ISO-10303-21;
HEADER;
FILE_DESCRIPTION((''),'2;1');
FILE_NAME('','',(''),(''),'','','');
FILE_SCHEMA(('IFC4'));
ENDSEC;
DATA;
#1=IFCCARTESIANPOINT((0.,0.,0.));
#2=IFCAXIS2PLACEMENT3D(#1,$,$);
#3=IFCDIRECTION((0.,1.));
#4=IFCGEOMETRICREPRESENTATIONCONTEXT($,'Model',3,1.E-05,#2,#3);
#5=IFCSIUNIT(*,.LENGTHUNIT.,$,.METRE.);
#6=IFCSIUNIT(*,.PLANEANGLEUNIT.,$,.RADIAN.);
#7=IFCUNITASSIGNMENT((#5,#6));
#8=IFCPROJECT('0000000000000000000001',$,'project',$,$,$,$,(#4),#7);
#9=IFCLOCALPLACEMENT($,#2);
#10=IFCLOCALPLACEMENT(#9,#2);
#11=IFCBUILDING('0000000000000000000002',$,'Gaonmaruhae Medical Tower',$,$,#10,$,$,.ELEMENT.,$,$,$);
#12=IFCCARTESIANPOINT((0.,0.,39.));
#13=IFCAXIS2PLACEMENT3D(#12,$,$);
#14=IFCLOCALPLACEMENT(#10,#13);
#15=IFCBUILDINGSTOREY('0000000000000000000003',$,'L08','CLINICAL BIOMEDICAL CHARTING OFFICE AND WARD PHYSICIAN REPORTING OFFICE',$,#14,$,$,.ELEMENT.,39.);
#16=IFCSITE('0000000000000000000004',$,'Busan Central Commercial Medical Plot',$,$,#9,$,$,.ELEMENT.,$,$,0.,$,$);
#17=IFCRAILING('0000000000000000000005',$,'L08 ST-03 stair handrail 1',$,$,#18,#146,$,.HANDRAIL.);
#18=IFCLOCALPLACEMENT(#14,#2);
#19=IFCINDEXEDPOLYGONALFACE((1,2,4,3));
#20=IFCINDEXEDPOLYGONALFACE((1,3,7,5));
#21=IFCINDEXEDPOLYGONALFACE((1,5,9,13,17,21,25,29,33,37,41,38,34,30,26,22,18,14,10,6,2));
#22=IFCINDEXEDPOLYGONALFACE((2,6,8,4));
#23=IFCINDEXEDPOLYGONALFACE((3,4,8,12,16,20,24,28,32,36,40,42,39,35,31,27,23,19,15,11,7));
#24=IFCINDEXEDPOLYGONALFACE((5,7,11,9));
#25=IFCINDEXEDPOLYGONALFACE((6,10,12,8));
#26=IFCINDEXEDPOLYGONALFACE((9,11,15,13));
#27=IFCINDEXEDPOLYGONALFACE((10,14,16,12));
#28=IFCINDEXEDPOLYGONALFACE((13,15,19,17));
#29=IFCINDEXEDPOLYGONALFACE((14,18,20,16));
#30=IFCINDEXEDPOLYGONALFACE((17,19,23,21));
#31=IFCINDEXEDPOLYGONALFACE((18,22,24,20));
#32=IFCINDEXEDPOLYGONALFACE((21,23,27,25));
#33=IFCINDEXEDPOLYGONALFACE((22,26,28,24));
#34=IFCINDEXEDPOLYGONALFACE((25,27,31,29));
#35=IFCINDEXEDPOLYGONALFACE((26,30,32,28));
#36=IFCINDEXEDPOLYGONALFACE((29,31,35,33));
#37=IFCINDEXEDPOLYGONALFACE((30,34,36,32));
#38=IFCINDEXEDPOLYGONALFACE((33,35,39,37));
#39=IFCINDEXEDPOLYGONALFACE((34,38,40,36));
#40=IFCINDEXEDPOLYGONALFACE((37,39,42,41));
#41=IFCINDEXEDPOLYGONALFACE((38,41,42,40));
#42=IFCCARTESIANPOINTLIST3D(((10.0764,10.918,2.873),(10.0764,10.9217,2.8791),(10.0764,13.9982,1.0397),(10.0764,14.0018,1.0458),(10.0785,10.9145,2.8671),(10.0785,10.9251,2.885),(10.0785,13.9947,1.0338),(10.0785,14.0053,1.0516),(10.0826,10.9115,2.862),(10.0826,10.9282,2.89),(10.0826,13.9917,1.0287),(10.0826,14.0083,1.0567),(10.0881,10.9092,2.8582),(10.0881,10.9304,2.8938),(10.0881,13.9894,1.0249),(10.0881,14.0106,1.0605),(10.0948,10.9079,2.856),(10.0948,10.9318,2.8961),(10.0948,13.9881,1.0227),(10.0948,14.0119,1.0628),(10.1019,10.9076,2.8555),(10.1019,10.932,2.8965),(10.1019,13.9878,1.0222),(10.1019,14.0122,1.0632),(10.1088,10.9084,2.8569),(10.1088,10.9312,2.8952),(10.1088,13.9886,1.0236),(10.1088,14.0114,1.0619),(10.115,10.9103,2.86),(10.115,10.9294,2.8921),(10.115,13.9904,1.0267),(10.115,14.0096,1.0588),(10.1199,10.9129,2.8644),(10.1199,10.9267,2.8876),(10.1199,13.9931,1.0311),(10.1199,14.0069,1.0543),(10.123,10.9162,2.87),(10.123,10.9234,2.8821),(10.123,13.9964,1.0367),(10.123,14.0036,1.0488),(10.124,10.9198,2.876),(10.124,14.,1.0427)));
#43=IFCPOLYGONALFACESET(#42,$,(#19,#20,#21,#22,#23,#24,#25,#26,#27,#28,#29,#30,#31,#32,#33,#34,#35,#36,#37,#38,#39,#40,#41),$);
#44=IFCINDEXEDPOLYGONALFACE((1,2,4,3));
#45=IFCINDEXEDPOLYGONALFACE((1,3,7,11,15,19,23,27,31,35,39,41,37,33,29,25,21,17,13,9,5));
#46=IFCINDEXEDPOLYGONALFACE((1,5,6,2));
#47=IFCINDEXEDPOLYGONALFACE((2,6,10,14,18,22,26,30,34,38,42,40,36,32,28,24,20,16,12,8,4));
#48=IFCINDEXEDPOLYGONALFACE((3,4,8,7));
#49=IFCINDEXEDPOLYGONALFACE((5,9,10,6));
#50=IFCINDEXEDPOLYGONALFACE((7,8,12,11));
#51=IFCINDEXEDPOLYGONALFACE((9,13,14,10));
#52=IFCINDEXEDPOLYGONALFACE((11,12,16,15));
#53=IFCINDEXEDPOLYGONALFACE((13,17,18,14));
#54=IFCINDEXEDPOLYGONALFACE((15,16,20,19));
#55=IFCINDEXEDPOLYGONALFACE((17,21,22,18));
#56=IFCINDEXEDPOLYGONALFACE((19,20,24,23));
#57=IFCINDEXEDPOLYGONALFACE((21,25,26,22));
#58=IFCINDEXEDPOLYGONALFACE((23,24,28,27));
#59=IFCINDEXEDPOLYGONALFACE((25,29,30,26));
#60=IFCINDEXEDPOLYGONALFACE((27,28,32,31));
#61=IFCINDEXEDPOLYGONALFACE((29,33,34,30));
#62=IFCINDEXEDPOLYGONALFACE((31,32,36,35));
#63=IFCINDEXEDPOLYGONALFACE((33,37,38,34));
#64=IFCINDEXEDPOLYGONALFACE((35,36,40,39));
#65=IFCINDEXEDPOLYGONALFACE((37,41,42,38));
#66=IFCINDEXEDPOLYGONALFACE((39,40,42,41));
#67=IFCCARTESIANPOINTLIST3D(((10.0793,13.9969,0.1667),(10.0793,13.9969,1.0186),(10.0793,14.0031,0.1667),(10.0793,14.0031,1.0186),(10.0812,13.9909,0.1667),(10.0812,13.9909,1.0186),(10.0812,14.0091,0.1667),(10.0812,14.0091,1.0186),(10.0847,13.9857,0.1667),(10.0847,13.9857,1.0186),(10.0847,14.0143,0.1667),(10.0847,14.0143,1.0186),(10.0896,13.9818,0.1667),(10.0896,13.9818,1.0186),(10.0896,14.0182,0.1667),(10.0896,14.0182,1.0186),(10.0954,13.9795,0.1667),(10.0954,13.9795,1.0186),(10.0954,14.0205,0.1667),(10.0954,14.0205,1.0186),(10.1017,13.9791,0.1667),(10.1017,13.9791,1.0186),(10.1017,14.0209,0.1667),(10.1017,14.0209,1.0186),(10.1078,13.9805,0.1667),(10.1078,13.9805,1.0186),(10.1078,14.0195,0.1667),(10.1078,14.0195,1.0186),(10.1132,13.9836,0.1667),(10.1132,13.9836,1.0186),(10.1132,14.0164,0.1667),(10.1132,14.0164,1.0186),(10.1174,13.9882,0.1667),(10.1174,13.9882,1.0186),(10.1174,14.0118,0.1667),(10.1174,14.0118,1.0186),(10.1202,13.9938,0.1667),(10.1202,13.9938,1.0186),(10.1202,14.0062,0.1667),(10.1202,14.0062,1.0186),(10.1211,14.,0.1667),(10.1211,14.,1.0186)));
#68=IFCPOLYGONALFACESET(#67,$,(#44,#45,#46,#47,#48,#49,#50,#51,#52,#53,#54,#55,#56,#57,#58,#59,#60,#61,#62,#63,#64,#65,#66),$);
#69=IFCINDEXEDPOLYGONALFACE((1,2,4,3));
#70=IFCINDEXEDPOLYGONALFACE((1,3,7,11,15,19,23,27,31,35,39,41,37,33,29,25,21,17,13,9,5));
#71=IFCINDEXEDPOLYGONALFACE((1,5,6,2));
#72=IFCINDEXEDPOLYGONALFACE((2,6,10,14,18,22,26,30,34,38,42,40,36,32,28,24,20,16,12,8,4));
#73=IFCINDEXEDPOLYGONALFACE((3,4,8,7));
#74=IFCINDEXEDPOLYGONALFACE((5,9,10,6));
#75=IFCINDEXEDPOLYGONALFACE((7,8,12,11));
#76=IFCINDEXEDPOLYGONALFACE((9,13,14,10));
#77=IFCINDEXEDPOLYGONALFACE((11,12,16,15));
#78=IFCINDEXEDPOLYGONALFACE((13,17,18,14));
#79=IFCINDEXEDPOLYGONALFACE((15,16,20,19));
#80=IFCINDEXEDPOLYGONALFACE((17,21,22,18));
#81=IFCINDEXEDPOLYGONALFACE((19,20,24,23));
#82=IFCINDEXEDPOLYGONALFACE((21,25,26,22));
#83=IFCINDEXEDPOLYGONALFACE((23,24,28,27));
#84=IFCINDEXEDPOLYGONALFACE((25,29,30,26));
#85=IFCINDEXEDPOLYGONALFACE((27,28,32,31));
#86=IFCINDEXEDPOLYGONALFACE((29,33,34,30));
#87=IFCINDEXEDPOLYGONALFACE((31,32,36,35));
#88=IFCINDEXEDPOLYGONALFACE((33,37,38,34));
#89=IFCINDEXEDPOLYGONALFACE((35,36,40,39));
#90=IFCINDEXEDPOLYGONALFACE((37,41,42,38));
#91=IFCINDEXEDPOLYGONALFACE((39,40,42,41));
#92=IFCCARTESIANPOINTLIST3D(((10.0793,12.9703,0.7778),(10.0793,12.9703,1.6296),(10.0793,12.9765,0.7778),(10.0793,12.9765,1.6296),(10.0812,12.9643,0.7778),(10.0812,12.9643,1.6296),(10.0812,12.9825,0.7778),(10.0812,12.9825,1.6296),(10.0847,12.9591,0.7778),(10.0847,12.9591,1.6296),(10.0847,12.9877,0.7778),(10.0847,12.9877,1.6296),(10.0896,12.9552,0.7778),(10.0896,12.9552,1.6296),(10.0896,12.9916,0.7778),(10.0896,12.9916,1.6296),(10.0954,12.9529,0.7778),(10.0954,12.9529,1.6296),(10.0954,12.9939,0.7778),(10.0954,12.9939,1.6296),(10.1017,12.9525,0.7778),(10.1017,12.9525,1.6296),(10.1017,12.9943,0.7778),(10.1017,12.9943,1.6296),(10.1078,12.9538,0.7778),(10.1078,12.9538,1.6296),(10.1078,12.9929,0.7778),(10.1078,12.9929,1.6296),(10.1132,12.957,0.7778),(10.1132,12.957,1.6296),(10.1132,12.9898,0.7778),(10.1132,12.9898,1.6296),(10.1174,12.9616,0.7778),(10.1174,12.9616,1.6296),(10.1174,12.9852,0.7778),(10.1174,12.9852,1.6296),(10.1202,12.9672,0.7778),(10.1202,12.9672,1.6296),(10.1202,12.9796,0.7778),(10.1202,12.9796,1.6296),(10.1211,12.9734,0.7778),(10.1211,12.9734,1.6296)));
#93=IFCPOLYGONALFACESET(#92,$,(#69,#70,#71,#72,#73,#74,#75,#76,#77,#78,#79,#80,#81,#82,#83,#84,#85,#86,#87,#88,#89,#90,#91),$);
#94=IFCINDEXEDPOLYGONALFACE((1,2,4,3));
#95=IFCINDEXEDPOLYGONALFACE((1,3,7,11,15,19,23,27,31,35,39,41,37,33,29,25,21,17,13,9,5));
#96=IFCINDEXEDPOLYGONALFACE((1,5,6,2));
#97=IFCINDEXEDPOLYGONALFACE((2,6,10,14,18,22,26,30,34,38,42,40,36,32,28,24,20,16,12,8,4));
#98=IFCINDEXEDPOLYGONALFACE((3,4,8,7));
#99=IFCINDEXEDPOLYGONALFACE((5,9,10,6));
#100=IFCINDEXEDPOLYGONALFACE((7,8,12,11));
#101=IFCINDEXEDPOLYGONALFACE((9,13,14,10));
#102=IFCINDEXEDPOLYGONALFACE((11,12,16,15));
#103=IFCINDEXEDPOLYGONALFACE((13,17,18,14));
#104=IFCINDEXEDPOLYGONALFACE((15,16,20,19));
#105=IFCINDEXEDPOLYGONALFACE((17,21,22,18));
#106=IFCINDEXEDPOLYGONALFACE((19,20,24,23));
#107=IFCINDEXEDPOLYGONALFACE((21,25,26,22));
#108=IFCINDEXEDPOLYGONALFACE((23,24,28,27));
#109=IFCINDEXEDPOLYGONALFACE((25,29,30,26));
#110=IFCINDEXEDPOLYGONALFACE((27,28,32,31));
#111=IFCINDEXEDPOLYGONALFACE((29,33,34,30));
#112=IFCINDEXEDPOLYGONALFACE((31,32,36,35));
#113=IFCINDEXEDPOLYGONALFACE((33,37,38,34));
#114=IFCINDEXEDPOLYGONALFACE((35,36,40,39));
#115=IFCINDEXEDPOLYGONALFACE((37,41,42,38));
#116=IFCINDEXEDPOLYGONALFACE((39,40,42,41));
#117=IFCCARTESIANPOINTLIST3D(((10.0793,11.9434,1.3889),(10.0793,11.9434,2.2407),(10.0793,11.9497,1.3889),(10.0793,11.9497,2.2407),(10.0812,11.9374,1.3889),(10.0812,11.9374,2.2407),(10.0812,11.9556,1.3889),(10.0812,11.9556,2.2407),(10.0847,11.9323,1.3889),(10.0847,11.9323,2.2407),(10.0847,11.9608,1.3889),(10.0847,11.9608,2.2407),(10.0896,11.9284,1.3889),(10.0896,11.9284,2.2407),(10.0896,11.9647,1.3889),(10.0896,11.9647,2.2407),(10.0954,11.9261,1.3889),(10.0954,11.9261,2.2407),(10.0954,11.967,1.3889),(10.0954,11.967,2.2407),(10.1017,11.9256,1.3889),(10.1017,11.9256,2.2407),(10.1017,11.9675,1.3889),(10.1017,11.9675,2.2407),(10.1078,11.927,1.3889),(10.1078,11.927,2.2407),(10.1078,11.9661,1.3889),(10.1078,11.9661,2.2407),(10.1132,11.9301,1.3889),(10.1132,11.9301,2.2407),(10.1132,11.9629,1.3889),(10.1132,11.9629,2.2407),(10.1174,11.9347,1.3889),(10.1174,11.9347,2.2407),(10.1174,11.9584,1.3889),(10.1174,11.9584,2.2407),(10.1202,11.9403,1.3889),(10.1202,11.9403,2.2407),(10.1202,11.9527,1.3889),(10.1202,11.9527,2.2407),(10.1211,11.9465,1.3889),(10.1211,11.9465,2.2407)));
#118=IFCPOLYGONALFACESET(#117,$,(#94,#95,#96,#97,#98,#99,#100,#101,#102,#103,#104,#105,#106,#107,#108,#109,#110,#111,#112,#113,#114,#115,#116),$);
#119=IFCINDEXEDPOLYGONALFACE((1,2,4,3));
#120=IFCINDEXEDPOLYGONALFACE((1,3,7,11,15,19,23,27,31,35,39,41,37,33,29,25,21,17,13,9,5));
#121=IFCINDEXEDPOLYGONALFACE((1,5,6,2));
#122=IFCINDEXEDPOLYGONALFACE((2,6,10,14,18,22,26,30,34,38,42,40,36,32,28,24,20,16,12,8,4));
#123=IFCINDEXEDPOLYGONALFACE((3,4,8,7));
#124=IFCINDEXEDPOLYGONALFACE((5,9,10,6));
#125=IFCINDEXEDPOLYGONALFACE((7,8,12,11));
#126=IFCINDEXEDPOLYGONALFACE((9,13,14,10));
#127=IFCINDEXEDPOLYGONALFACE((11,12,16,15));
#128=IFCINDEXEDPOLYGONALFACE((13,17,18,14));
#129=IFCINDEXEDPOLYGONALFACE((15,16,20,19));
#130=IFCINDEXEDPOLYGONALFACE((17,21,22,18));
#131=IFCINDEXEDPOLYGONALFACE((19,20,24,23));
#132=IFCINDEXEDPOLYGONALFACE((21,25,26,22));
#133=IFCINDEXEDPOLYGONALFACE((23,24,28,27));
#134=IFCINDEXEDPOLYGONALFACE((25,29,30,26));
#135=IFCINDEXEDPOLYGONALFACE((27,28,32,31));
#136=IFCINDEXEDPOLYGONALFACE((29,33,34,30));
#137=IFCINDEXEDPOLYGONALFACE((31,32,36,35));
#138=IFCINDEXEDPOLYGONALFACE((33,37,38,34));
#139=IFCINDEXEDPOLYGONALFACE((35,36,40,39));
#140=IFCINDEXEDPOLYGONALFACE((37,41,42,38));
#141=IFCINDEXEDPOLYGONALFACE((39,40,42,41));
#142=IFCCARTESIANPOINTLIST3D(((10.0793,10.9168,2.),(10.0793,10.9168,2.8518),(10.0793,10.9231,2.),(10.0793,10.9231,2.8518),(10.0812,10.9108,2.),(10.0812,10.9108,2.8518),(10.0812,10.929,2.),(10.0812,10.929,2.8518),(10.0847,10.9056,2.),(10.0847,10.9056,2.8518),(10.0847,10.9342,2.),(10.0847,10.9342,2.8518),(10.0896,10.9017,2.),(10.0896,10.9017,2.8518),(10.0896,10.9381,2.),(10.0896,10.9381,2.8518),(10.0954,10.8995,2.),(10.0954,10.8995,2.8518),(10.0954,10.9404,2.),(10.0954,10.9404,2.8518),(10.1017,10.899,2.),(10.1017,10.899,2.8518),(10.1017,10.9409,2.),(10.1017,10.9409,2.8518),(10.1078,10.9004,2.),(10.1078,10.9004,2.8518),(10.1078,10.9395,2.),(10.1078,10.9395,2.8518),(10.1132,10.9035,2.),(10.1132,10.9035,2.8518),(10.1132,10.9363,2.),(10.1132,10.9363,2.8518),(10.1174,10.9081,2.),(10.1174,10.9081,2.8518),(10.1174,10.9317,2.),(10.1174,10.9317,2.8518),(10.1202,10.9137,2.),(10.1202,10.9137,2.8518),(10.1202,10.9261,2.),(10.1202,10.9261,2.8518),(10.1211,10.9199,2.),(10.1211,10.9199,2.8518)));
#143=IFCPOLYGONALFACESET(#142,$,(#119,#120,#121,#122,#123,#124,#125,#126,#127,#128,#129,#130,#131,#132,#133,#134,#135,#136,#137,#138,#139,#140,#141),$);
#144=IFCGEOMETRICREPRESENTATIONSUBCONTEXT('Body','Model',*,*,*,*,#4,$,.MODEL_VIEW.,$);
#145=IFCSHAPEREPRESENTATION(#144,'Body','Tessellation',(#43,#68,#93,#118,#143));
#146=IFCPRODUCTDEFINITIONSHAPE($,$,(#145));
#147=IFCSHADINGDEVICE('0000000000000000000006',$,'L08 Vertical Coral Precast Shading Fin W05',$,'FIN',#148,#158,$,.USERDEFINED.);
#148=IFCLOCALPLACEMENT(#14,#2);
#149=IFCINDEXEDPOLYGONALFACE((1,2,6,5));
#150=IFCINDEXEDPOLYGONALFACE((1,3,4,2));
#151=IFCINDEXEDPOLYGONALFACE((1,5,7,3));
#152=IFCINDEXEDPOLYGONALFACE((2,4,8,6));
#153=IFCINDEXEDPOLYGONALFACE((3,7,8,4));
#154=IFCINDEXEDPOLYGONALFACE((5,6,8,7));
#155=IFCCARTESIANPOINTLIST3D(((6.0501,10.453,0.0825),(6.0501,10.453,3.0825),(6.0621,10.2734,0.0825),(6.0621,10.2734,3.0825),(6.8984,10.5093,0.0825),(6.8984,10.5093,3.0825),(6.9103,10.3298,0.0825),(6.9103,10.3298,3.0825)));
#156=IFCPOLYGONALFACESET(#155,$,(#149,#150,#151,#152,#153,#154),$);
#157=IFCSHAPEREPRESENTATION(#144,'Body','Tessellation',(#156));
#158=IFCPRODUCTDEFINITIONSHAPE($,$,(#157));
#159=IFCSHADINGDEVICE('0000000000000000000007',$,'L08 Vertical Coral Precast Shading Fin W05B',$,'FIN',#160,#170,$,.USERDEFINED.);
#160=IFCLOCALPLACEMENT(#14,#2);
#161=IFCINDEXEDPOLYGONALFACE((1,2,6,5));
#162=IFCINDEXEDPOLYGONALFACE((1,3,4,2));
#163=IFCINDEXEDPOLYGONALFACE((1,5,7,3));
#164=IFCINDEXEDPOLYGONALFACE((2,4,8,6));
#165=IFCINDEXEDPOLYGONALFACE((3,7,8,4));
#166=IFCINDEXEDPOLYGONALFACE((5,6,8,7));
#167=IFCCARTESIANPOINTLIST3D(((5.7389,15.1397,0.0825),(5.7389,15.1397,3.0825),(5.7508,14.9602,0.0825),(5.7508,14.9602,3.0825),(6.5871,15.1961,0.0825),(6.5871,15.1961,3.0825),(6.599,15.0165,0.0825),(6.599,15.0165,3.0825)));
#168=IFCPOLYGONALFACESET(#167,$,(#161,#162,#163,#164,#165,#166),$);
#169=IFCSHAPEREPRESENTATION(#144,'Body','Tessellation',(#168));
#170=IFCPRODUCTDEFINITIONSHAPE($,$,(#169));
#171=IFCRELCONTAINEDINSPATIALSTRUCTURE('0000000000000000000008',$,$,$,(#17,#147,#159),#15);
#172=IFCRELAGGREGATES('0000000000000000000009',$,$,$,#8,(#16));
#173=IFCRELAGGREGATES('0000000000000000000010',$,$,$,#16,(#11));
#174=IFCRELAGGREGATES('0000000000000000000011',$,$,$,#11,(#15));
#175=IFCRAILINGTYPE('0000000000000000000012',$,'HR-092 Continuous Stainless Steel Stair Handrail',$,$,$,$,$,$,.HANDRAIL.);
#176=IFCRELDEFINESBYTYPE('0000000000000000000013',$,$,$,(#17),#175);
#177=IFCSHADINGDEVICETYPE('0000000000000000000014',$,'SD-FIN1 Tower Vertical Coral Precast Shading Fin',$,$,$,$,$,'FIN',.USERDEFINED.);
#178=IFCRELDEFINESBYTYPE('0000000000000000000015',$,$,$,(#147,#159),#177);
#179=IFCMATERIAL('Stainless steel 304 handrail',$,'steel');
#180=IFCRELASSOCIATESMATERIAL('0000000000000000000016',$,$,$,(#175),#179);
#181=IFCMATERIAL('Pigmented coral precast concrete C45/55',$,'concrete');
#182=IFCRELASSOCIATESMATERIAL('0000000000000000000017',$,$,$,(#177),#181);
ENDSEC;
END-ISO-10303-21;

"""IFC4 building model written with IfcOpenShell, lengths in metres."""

from ifc_helpers import new_model, si_unit, direction, frame, origin, origin_2d, place, context, subcontext, project, spatial, rectangle, circle, extrude, material, type_object, element, save


model = new_model("IFC4")

# Units and contexts
model_context = context("Model", 3, precision=1e-05, world=origin(), true_north=direction((0.0, 1.0)))
body_context = subcontext(model_context, "Body", "Model", "MODEL_VIEW")
ifc_project = project(units=[si_unit("LENGTHUNIT", "METRE"), si_unit("PLANEANGLEUNIT", "RADIAN")], contexts=[model_context])

# Site, building, storey
site_placement = place(None, origin())
site = spatial("IfcSite", under=ifc_project, at=site_placement, Name="Busan Central Commercial Medical Plot", CompositionType="ELEMENT", RefElevation=0.0)
building_placement = place(site_placement, origin())
building = spatial("IfcBuilding", under=site, at=building_placement, Name="Gaonmaruhae Medical Tower", CompositionType="ELEMENT")
storey_placement = place(building_placement, frame((0.0, 0.0, 39.0)))
storey = spatial("IfcBuildingStorey", under=building, at=storey_placement, Name="L08", Description="CLINICAL BIOMEDICAL CHARTING OFFICE AND WARD PHYSICIAN REPORTING OFFICE", CompositionType="ELEMENT", Elevation=39.0)

# Railing
ifc_material_1 = material(Name="Stainless steel 304 handrail", Category="steel")
railing_type_1 = type_object("IfcRailingType", Name="HR-092 Continuous Stainless Steel Stair Handrail", PredefinedType="HANDRAIL", material=ifc_material_1)
railing_1_placement = place(storey_placement, frame((10.1001, 14.0, 0.1667)))
element("IfcRailing", 1, at=railing_1_placement, inside=storey, type_object=railing_type_1, Name="L08 ST-03 stair handrail 1", PredefinedType="HANDRAIL", context=body_context, shape_type="SweptSolid", body=[
    extrude(circle(Radius=0.0239, at=origin_2d()), frame((0.0, 0.0, 0.876), z_axis=(0.0, -0.859309, 0.511458), x_axis=(1.0, 0.0, 0.0)), (0.0, 0.0, 1.0), 3.5845),
    extrude(circle(Radius=0.021, at=origin_2d()), origin(), (0.0, 0.0, 1.0), 0.8518),
    extrude(circle(Radius=0.021, at=origin_2d()), frame((0.0, -1.0266, 0.6111)), (0.0, 0.0, 1.0), 0.8518),
    extrude(circle(Radius=0.021, at=origin_2d()), frame((0.0, -2.0535, 1.2222)), (0.0, 0.0, 1.0), 0.8518),
    extrude(circle(Radius=0.021, at=origin_2d()), frame((0.0, -3.0801, 1.8333)), (0.0, 0.0, 1.0), 0.8518),
])

# Shading devices
ifc_material_2 = material(Name="Pigmented coral precast concrete C45/55", Category="concrete")
shading_device_type = type_object("IfcShadingDeviceType", Name="SD-FIN1 Tower Vertical Coral Precast Shading Fin", ElementType="FIN", PredefinedType="USERDEFINED", material=ifc_material_2)
for number, where, z_axis, x_axis, name in (
    (2, (6.4802, 10.3914, 0.0825), (0.0, 0.0, 1.0), (-0.066256, 0.997803, 0.0), "L08 Vertical Coral Precast Shading Fin W05"),
    (3, (6.1689, 15.0781, 0.0825), (0.0, 0.0, 1.0), (-0.066256, 0.997803, 0.0), "L08 Vertical Coral Precast Shading Fin W05B"),
):
    element("IfcShadingDevice", number, at=place(storey_placement, frame(where, z_axis=z_axis, x_axis=x_axis)), inside=storey, type_object=shading_device_type, Name=name, ObjectType="FIN", PredefinedType="USERDEFINED", context=body_context, shape_type="SweptSolid", body=[
        extrude(rectangle(XDim=0.1799, YDim=0.8501, at=origin_2d()), origin(), (0.0, 0.0, 1.0), 3.0),
    ])

save(model, "model.ifc")
